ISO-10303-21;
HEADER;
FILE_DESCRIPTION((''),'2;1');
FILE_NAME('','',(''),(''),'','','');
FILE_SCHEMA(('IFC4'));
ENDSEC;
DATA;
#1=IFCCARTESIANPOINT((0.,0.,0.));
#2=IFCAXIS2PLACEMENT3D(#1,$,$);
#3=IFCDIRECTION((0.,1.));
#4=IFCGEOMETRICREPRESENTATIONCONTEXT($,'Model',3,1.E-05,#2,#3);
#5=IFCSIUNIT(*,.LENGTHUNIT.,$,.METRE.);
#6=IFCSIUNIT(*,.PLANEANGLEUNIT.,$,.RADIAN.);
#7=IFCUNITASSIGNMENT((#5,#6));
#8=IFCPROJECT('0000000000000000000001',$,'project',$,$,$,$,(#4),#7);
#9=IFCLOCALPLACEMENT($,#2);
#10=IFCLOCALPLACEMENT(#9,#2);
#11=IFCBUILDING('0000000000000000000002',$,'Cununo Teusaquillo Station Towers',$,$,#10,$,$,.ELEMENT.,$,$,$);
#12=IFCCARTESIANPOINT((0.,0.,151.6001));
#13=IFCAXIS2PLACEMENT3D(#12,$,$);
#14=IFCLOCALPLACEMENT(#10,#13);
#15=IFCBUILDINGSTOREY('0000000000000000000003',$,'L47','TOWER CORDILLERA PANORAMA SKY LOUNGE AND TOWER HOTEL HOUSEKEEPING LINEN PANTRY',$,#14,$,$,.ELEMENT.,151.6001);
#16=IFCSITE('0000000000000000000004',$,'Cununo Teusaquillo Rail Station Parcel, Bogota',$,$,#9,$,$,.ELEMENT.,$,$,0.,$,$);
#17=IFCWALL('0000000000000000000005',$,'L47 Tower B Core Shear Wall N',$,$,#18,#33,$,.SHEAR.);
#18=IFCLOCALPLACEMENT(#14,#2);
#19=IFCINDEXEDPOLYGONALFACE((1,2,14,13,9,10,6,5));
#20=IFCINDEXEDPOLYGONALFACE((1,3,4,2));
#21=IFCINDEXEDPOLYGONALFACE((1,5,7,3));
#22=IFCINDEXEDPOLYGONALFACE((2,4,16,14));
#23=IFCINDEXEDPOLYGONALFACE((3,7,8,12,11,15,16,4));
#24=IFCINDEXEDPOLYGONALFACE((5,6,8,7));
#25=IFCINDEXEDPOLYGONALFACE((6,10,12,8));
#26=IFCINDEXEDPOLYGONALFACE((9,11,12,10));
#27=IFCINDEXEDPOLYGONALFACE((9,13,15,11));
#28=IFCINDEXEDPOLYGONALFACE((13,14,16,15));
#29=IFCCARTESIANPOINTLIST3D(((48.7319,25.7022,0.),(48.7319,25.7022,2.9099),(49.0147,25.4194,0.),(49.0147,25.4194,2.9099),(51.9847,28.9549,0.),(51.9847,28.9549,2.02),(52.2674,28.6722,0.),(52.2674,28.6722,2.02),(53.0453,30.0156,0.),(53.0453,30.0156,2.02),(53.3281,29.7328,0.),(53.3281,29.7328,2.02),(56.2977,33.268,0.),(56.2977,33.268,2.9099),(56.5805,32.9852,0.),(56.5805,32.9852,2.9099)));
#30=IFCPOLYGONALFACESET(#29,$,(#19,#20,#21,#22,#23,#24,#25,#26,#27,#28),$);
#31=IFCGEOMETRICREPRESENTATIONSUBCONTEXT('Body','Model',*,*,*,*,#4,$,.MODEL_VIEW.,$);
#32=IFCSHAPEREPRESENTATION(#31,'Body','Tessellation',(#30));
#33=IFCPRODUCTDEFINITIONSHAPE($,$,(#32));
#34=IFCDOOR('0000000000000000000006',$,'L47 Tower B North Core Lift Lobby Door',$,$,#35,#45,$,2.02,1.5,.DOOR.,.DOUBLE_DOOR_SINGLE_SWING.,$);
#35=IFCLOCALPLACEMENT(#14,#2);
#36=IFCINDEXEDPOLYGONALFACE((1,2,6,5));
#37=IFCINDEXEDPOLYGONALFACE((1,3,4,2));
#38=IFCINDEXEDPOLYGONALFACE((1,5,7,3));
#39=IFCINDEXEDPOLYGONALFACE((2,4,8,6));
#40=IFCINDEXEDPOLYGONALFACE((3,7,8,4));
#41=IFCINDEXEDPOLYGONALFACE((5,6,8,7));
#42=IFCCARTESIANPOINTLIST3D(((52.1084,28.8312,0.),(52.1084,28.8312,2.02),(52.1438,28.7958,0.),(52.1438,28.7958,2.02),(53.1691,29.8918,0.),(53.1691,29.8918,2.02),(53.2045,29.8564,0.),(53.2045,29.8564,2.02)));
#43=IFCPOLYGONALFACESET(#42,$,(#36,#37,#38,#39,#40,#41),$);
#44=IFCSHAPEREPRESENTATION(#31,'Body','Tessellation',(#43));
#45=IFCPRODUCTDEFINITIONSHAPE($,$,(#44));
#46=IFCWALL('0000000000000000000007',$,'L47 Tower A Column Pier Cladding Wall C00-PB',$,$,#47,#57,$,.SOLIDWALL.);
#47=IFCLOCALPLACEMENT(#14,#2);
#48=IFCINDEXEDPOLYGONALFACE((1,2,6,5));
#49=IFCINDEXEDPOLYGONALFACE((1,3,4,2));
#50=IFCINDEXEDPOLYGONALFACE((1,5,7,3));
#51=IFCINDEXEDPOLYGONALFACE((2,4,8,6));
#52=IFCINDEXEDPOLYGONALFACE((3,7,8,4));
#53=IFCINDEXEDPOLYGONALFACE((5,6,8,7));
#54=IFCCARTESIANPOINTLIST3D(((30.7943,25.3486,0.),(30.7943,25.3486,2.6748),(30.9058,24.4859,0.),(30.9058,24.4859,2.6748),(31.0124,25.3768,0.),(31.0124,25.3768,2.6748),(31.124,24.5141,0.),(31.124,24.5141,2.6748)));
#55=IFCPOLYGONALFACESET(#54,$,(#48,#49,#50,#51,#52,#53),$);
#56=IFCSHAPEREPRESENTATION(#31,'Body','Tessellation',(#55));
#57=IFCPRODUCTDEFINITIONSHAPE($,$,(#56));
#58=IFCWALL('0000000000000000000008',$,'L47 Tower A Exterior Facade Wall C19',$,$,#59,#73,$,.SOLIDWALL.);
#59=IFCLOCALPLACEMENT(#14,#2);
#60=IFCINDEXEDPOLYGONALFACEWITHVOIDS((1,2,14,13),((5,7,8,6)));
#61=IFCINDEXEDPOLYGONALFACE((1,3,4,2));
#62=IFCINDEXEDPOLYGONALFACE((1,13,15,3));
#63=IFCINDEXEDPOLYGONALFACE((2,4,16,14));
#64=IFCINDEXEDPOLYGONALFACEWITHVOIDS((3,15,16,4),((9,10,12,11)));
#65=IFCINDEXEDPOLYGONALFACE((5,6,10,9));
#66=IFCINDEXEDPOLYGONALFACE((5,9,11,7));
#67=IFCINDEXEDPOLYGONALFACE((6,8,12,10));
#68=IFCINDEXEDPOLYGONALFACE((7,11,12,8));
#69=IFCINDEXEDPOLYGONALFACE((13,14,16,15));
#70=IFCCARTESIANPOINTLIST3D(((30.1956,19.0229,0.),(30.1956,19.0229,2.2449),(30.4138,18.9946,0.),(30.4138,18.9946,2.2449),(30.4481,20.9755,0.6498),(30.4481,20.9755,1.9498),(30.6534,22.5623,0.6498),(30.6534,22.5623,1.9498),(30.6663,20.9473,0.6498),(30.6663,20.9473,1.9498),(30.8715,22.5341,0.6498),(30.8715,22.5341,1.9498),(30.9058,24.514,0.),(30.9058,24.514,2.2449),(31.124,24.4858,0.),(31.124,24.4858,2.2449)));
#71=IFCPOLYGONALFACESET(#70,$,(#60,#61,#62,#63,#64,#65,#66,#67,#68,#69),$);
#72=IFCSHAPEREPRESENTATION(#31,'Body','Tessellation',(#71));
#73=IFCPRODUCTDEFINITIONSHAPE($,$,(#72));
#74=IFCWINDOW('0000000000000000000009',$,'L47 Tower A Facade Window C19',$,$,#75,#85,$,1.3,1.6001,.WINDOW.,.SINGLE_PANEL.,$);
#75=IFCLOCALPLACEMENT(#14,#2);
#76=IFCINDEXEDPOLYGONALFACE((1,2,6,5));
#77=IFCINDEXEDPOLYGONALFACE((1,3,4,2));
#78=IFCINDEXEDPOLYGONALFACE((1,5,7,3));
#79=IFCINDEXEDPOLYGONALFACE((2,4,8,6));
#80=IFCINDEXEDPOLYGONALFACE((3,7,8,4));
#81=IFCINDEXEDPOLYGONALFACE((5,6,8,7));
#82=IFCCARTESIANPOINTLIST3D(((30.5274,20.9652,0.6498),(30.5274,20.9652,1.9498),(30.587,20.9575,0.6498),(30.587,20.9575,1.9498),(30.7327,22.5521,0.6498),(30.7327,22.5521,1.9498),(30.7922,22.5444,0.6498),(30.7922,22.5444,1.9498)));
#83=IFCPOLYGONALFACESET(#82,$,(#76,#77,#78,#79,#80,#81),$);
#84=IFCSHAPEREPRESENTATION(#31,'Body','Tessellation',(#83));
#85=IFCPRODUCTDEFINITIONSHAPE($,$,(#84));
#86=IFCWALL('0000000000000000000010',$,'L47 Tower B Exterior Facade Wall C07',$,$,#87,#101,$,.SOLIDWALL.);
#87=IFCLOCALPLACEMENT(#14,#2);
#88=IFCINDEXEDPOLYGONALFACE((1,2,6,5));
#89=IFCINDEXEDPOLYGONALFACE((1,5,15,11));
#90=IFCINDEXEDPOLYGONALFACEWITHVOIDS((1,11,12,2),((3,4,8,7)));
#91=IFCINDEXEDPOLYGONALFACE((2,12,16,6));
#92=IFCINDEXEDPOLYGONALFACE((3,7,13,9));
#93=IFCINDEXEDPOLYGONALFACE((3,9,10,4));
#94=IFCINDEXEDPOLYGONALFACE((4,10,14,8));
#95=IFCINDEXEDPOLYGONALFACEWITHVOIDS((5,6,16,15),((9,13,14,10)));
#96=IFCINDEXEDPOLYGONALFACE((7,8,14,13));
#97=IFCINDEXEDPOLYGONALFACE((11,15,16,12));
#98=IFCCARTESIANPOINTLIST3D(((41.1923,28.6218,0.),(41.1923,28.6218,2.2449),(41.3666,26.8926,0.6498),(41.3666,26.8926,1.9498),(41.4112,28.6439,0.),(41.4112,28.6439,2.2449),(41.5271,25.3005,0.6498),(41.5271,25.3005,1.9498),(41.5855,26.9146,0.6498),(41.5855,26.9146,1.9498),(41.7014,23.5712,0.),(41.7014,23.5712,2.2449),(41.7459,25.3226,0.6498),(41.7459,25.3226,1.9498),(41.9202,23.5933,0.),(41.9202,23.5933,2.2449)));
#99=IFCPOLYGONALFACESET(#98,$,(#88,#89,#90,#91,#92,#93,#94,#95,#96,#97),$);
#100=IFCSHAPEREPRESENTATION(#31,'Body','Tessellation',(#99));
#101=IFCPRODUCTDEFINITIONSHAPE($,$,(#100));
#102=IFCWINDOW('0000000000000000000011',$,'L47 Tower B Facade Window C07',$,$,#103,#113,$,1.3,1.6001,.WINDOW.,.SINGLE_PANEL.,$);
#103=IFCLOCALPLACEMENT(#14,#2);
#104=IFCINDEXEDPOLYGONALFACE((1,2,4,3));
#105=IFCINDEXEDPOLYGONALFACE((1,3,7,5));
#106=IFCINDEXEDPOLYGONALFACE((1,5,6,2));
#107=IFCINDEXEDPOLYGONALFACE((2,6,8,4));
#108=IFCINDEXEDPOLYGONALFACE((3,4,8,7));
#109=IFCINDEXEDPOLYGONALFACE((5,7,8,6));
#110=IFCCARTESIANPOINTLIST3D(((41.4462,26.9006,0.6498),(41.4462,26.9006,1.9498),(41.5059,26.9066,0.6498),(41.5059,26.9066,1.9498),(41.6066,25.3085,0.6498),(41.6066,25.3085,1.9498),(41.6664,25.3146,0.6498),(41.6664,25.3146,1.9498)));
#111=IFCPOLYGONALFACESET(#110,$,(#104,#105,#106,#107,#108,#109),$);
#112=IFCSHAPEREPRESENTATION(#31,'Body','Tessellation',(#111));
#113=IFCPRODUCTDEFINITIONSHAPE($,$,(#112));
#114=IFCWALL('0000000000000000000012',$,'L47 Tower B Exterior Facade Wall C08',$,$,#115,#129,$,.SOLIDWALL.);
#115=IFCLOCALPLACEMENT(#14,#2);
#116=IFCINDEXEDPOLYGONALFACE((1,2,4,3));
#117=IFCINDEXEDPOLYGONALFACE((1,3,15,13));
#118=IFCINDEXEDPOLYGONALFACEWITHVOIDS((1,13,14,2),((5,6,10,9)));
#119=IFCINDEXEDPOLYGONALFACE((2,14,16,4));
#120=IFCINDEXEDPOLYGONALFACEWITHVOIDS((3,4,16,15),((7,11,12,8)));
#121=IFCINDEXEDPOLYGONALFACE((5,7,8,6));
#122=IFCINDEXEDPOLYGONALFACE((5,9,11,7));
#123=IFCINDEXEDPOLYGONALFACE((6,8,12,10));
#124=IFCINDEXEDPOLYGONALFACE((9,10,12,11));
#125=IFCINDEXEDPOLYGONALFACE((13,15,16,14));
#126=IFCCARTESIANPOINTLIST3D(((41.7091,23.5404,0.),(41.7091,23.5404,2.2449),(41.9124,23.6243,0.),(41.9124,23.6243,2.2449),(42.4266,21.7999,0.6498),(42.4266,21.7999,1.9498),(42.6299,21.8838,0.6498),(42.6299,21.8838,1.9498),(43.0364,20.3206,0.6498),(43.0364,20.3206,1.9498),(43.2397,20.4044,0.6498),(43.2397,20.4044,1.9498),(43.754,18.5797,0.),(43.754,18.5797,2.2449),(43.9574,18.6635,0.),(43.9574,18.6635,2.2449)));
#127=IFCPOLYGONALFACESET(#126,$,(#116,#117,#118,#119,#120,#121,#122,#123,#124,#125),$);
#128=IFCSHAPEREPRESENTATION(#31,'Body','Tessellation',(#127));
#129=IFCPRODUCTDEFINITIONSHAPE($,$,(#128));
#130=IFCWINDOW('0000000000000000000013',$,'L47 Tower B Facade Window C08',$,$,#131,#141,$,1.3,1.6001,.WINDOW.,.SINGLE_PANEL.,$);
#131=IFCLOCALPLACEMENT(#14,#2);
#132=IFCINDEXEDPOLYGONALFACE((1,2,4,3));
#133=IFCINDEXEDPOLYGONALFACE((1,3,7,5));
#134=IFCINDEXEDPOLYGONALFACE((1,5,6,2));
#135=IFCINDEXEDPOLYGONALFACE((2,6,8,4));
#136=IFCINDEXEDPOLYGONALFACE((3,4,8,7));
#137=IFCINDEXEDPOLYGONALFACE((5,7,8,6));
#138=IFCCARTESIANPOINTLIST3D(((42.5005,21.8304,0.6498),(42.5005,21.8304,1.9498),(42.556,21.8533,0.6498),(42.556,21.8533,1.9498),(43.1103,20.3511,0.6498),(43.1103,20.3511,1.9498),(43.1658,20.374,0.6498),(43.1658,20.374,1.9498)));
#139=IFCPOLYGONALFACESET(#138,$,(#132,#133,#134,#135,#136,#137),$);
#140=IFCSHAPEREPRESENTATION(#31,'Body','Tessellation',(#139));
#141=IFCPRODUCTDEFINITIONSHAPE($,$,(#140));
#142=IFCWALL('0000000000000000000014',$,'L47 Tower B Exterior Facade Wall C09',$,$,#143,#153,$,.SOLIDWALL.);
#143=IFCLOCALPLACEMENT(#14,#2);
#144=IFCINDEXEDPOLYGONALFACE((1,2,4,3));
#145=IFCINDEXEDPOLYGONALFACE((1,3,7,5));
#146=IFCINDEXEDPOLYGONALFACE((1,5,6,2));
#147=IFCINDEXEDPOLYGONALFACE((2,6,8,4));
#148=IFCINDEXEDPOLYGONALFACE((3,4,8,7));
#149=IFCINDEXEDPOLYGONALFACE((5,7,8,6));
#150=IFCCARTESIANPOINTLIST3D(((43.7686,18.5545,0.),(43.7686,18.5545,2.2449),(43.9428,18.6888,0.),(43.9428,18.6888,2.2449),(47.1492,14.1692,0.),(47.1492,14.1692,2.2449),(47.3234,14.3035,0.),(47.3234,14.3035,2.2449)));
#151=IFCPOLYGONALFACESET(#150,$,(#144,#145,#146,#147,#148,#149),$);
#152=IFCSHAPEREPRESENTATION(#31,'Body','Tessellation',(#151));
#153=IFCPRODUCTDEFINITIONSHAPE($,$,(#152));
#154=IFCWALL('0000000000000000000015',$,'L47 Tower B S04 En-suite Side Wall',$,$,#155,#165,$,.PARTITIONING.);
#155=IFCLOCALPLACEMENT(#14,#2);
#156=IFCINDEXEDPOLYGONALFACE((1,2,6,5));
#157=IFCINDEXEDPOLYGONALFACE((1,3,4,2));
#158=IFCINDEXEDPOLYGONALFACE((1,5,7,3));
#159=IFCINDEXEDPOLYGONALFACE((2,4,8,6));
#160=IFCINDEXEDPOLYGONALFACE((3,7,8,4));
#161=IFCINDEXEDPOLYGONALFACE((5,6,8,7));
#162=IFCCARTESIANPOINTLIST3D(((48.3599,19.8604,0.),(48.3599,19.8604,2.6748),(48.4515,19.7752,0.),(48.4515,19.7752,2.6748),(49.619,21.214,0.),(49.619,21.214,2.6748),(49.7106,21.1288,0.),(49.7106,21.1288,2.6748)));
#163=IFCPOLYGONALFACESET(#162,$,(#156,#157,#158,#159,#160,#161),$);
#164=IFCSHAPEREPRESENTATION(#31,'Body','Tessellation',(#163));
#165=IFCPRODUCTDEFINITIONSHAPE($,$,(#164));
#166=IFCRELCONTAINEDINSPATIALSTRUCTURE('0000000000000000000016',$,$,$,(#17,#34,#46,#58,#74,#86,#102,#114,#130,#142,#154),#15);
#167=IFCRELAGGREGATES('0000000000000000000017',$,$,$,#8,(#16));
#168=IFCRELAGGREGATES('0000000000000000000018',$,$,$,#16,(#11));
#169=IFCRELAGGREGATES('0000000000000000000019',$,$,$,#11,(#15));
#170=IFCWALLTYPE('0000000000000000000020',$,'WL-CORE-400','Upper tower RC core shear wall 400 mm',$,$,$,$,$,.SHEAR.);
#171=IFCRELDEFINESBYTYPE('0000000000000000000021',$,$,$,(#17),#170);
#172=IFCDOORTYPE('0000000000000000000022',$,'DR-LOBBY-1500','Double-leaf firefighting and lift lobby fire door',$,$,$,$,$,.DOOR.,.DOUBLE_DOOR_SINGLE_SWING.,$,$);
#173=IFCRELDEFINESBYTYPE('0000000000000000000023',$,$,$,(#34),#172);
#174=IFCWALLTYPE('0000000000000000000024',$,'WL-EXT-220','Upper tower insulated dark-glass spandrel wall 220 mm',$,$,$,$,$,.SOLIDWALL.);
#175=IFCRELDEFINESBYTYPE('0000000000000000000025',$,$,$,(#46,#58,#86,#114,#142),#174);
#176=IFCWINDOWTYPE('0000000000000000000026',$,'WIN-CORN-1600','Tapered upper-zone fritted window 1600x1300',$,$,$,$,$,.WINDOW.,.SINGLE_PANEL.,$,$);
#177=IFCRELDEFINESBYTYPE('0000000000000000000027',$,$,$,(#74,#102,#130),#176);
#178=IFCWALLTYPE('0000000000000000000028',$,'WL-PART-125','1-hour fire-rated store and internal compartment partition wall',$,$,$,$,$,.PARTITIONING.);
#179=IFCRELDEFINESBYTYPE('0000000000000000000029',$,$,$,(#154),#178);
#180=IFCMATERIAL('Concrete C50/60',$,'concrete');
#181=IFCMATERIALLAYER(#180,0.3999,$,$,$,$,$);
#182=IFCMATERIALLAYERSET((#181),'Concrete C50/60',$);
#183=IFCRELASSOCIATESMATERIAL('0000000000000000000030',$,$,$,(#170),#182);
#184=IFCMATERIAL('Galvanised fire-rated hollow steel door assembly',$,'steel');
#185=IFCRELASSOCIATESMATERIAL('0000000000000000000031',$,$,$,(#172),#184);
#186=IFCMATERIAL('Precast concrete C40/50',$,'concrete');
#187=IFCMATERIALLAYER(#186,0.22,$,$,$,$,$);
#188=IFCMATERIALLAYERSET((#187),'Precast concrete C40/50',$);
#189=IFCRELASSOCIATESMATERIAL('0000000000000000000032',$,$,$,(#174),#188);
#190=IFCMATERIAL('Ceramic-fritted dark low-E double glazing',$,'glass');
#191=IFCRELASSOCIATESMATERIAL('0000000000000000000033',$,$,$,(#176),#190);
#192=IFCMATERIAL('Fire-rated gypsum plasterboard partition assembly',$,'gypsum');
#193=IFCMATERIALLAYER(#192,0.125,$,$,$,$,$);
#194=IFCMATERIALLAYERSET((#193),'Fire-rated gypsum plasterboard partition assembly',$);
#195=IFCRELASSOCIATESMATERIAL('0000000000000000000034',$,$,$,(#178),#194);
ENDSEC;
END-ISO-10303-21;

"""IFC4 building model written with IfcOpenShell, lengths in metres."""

from ifc_helpers import new_model, si_unit, direction, frame, frame_2d, origin, place, context, subcontext, project, spatial, rectangle, extrude, source, transform, mapped, material, layer, layer_set, type_object, element, fill, save


model = new_model("IFC4")

# Units and contexts
model_context = context("Model", 3, precision=1e-05, world=origin(), true_north=direction((0.0, 1.0)))
body_context = subcontext(model_context, "Body", "Model", "MODEL_VIEW")
ifc_project = project(units=[si_unit("LENGTHUNIT", "METRE"), si_unit("PLANEANGLEUNIT", "RADIAN")], contexts=[model_context])

# Site, building, storey
site_placement = place(None, origin())
site = spatial("IfcSite", under=ifc_project, at=site_placement, Name="Cununo Teusaquillo Rail Station Parcel, Bogota", CompositionType="ELEMENT", RefElevation=0.0)
building_placement = place(site_placement, origin())
building = spatial("IfcBuilding", under=site, at=building_placement, Name="Cununo Teusaquillo Station Towers", CompositionType="ELEMENT")
storey_placement = place(building_placement, frame((0.0, 0.0, 151.6001)))
storey = spatial("IfcBuildingStorey", under=building, at=storey_placement, Name="L47", Description="TOWER CORDILLERA PANORAMA SKY LOUNGE AND TOWER HOTEL HOUSEKEEPING LINEN PANTRY", CompositionType="ELEMENT", Elevation=151.6001)

# Wall, opening, door
ifc_material_1 = material(Name="Concrete C50/60", Category="concrete")
ifc_layer_1 = layer(ifc_material_1, 0.3999)
ifc_layer_set_1 = layer_set([ifc_layer_1], Name="Concrete C50/60")
wall_type_1 = type_object("IfcWallType", Name="WL-CORE-400", Description="Upper tower RC core shear wall 400 mm", PredefinedType="SHEAR", material=ifc_layer_set_1)
wall_1_placement = place(storey_placement, frame((48.8733, 25.5608, 0.0), z_axis=(0.0, 0.0, 1.0), x_axis=(0.707107, 0.707107, 0.0)))
wall_1 = element("IfcWall", 1, at=wall_1_placement, inside=storey, type_object=wall_type_1, Name="L47 Tower B Core Shear Wall N", PredefinedType="SHEAR", context=body_context, shape_type="SweptSolid", body=[
    extrude(rectangle(XDim=10.6997, YDim=0.3999, at=frame_2d((5.3499, 0.0))), origin(), (0.0, 0.0, 1.0), 2.9099),
])
shared_shape_1 = source(origin(), body_context, "Body", "SweptSolid", [
    extrude(rectangle(XDim=1.5, YDim=2.02, at=frame_2d((0.75, 1.01))), frame((0.0, 0.21, 0.0), z_axis=(0.0, -1.0, 0.0), x_axis=(1.0, 0.0, 0.0)), (0.0, 0.0, 1.0), 0.4199),
])
opening_1_placement = place(wall_1_placement, frame((4.6001, 0.0, 0.0)))
opening_1 = element("IfcOpeningElement", 2, at=opening_1_placement, cuts=wall_1, PredefinedType="OPENING", context=body_context, shape_type="MappedRepresentation", body=[
    mapped(shared_shape_1, transform((0.0, 0.0, 0.0), x_axis=(1.0, 0.0, 0.0), y_axis=(0.0, 1.0, 0.0), z_axis=(0.0, 0.0, 1.0), scale=1.0)),
])
ifc_material_2 = material(Name="Galvanised fire-rated hollow steel door assembly", Category="steel")
door_type_1 = type_object("IfcDoorType", Name="DR-LOBBY-1500", Description="Double-leaf firefighting and lift lobby fire door", OperationType="DOUBLE_DOOR_SINGLE_SWING", PredefinedType="DOOR", material=ifc_material_2)
shared_shape_2 = source(origin(), body_context, "Body", "SweptSolid", [
    extrude(rectangle(XDim=1.5, YDim=2.02, at=frame_2d((0.75, 1.01))), frame((0.0, 0.0249, 0.0), z_axis=(0.0, -1.0, 0.0), x_axis=(1.0, 0.0, 0.0)), (0.0, 0.0, 1.0), 0.05),
])
door_1_placement = place(opening_1_placement, origin())
door_1 = element("IfcDoor", 3, at=door_1_placement, inside=storey, type_object=door_type_1, Name="L47 Tower B North Core Lift Lobby Door", OperationType="DOUBLE_DOOR_SINGLE_SWING", OverallHeight=2.02, OverallWidth=1.5, PredefinedType="DOOR", context=body_context, shape_type="MappedRepresentation", body=[
    mapped(shared_shape_2, transform((0.0, 0.0, 0.0), x_axis=(1.0, 0.0, 0.0), y_axis=(0.0, 1.0, 0.0), z_axis=(0.0, 0.0, 1.0), scale=1.0)),
])
fill(opening_1, door_1)

# Wall
ifc_material_3 = material(Name="Precast concrete C40/50", Category="concrete")
ifc_layer_2 = layer(ifc_material_3, 0.22)
ifc_layer_set_2 = layer_set([ifc_layer_2], Name="Precast concrete C40/50")
wall_type_2 = type_object("IfcWallType", Name="WL-EXT-220", Description="Upper tower insulated dark-glass spandrel wall 220 mm", PredefinedType="SOLIDWALL", material=ifc_layer_set_2)
wall_2_placement = place(storey_placement, frame((30.9033, 25.3628, 0.0), z_axis=(0.0, 0.0, 1.0), x_axis=(0.128247, -0.991742, 0.0)))
element("IfcWall", 4, at=wall_2_placement, inside=storey, type_object=wall_type_2, Name="L47 Tower A Column Pier Cladding Wall C00-PB", PredefinedType="SOLIDWALL", context=body_context, shape_type="SweptSolid", body=[
    extrude(rectangle(XDim=0.8699, YDim=0.22, at=frame_2d((0.4351, 0.0))), origin(), (0.0, 0.0, 1.0), 2.6748),
])

# Walls, openings, windows
wall_3_placement = place(storey_placement, frame((31.0149, 24.5, 0.0), z_axis=(0.0, 0.0, 1.0), x_axis=(-0.128267, -0.99174, 0.0)))
wall_3 = element("IfcWall", 5, at=wall_3_placement, inside=storey, type_object=wall_type_2, Name="L47 Tower A Exterior Facade Wall C19", PredefinedType="SOLIDWALL", context=body_context, shape_type="SweptSolid", body=[
    extrude(rectangle(XDim=5.5369, YDim=0.22, at=frame_2d((2.7686, 0.0))), origin(), (0.0, 0.0, 1.0), 2.2449),
])
shared_shape_3 = source(origin(), body_context, "Body", "SweptSolid", [
    extrude(rectangle(XDim=1.6001, YDim=1.3, at=frame_2d((0.8, 0.6499))), frame((0.0, 0.1199, 0.0), z_axis=(0.0, -1.0, 0.0), x_axis=(1.0, 0.0, 0.0)), (0.0, 0.0, 1.0), 0.24),
])
opening_2_placement = place(wall_3_placement, frame((1.968, 0.0, 0.6499)))
opening_2 = element("IfcOpeningElement", 6, at=opening_2_placement, cuts=wall_3, PredefinedType="OPENING", context=body_context, shape_type="MappedRepresentation", body=[
    mapped(shared_shape_3, transform((0.0, 0.0, 0.0), x_axis=(1.0, 0.0, 0.0), y_axis=(0.0, 1.0, 0.0), z_axis=(0.0, 0.0, 1.0), scale=1.0)),
])
ifc_material_4 = material(Name="Ceramic-fritted dark low-E double glazing", Category="glass")
window_type = type_object("IfcWindowType", Name="WIN-CORN-1600", Description="Tapered upper-zone fritted window 1600x1300", PartitioningType="SINGLE_PANEL", PredefinedType="WINDOW", material=ifc_material_4)
shared_shape_4 = source(origin(), body_context, "Body", "SweptSolid", [
    extrude(rectangle(XDim=1.6001, YDim=1.3, at=frame_2d((0.8, 0.6499))), frame((0.0, 0.03, 0.0), z_axis=(0.0, -1.0, 0.0), x_axis=(1.0, 0.0, 0.0)), (0.0, 0.0, 1.0), 0.0601),
])
window_1_placement = place(opening_2_placement, origin())
window_1 = element("IfcWindow", 7, at=window_1_placement, inside=storey, type_object=window_type, Name="L47 Tower A Facade Window C19", OverallHeight=1.3, OverallWidth=1.6001, PartitioningType="SINGLE_PANEL", PredefinedType="WINDOW", context=body_context, shape_type="MappedRepresentation", body=[
    mapped(shared_shape_4, transform((0.0, 0.0, 0.0), x_axis=(1.0, 0.0, 0.0), y_axis=(0.0, 1.0, 0.0), z_axis=(0.0, 0.0, 1.0), scale=1.0)),
])
fill(opening_2, window_1)
wall_4_placement = place(storey_placement, frame((41.8108, 23.5823, 0.0), z_axis=(0.0, 0.0, 1.0), x_axis=(-0.10028, 0.994959, 0.0)))
wall_4 = element("IfcWall", 8, at=wall_4_placement, inside=storey, type_object=wall_type_2, Name="L47 Tower B Exterior Facade Wall C07", PredefinedType="SOLIDWALL", context=body_context, shape_type="SweptSolid", body=[
    extrude(rectangle(XDim=5.0762, YDim=0.22, at=frame_2d((2.5381, 0.0))), origin(), (0.0, 0.0, 1.0), 2.2449),
])
opening_3_placement = place(wall_4_placement, frame((1.738, 0.0, 0.6499)))
opening_3 = element("IfcOpeningElement", 9, at=opening_3_placement, cuts=wall_4, PredefinedType="OPENING", context=body_context, shape_type="MappedRepresentation", body=[
    mapped(shared_shape_3, transform((0.0, 0.0, 0.0), x_axis=(1.0, 0.0, 0.0), y_axis=(0.0, 1.0, 0.0), z_axis=(0.0, 0.0, 1.0), scale=1.0)),
])
window_2_placement = place(opening_3_placement, origin())
window_2 = element("IfcWindow", 10, at=window_2_placement, inside=storey, type_object=window_type, Name="L47 Tower B Facade Window C07", OverallHeight=1.3, OverallWidth=1.6001, PartitioningType="SINGLE_PANEL", PredefinedType="WINDOW", context=body_context, shape_type="MappedRepresentation", body=[
    mapped(shared_shape_4, transform((0.0, 0.0, 0.0), x_axis=(1.0, 0.0, 0.0), y_axis=(0.0, 1.0, 0.0), z_axis=(0.0, 0.0, 1.0), scale=1.0)),
])
fill(opening_3, window_2)
wall_5_placement = place(storey_placement, frame((43.8557, 18.6216, 0.0), z_axis=(0.0, 0.0, 1.0), x_axis=(-0.381114, 0.924528, 0.0)))
wall_5 = element("IfcWall", 11, at=wall_5_placement, inside=storey, type_object=wall_type_2, Name="L47 Tower B Exterior Facade Wall C08", PredefinedType="SOLIDWALL", context=body_context, shape_type="SweptSolid", body=[
    extrude(rectangle(XDim=5.3657, YDim=0.22, at=frame_2d((2.6829, 0.0))), origin(), (0.0, 0.0, 1.0), 2.2449),
])
opening_4_placement = place(wall_5_placement, frame((1.8831, 0.0, 0.6499)))
opening_4 = element("IfcOpeningElement", 12, at=opening_4_placement, cuts=wall_5, PredefinedType="OPENING", context=body_context, shape_type="MappedRepresentation", body=[
    mapped(shared_shape_3, transform((0.0, 0.0, 0.0), x_axis=(1.0, 0.0, 0.0), y_axis=(0.0, 1.0, 0.0), z_axis=(0.0, 0.0, 1.0), scale=1.0)),
])
window_3_placement = place(opening_4_placement, origin())
window_3 = element("IfcWindow", 13, at=window_3_placement, inside=storey, type_object=window_type, Name="L47 Tower B Facade Window C08", OverallHeight=1.3, OverallWidth=1.6001, PartitioningType="SINGLE_PANEL", PredefinedType="WINDOW", context=body_context, shape_type="MappedRepresentation", body=[
    mapped(shared_shape_4, transform((0.0, 0.0, 0.0), x_axis=(1.0, 0.0, 0.0), y_axis=(0.0, 1.0, 0.0), z_axis=(0.0, 0.0, 1.0), scale=1.0)),
])
fill(opening_4, window_3)

# Walls
wall_6_placement = place(storey_placement, frame((47.2363, 14.2363, 0.0), z_axis=(0.0, 0.0, 1.0), x_axis=(-0.610544, 0.791983, 0.0)))
element("IfcWall", 14, at=wall_6_placement, inside=storey, type_object=wall_type_2, Name="L47 Tower B Exterior Facade Wall C09", PredefinedType="SOLIDWALL", context=body_context, shape_type="SweptSolid", body=[
    extrude(rectangle(XDim=5.5371, YDim=0.22, at=frame_2d((2.7686, 0.0))), origin(), (0.0, 0.0, 1.0), 2.2449),
])
ifc_material_5 = material(Name="Fire-rated gypsum plasterboard partition assembly", Category="gypsum")
ifc_layer_3 = layer(ifc_material_5, 0.125)
ifc_layer_set_3 = layer_set([ifc_layer_3], Name="Fire-rated gypsum plasterboard partition assembly")
wall_type_3 = type_object("IfcWallType", Name="WL-PART-125", Description="1-hour fire-rated store and internal compartment partition wall", PredefinedType="PARTITIONING", material=ifc_layer_set_3)
wall_7_placement = place(storey_placement, frame((49.6648, 21.1714, 0.0), z_axis=(0.0, 0.0, 1.0), x_axis=(-0.681089, -0.732201, 0.0)))
element("IfcWall", 15, at=wall_7_placement, inside=storey, type_object=wall_type_3, Name="L47 Tower B S04 En-suite Side Wall", PredefinedType="PARTITIONING", context=body_context, shape_type="SweptSolid", body=[
    extrude(rectangle(XDim=1.8486, YDim=0.125, at=frame_2d((0.9243, 0.0))), origin(), (0.0, 0.0, 1.0), 2.6748),
])

save(model, "model.ifc")
